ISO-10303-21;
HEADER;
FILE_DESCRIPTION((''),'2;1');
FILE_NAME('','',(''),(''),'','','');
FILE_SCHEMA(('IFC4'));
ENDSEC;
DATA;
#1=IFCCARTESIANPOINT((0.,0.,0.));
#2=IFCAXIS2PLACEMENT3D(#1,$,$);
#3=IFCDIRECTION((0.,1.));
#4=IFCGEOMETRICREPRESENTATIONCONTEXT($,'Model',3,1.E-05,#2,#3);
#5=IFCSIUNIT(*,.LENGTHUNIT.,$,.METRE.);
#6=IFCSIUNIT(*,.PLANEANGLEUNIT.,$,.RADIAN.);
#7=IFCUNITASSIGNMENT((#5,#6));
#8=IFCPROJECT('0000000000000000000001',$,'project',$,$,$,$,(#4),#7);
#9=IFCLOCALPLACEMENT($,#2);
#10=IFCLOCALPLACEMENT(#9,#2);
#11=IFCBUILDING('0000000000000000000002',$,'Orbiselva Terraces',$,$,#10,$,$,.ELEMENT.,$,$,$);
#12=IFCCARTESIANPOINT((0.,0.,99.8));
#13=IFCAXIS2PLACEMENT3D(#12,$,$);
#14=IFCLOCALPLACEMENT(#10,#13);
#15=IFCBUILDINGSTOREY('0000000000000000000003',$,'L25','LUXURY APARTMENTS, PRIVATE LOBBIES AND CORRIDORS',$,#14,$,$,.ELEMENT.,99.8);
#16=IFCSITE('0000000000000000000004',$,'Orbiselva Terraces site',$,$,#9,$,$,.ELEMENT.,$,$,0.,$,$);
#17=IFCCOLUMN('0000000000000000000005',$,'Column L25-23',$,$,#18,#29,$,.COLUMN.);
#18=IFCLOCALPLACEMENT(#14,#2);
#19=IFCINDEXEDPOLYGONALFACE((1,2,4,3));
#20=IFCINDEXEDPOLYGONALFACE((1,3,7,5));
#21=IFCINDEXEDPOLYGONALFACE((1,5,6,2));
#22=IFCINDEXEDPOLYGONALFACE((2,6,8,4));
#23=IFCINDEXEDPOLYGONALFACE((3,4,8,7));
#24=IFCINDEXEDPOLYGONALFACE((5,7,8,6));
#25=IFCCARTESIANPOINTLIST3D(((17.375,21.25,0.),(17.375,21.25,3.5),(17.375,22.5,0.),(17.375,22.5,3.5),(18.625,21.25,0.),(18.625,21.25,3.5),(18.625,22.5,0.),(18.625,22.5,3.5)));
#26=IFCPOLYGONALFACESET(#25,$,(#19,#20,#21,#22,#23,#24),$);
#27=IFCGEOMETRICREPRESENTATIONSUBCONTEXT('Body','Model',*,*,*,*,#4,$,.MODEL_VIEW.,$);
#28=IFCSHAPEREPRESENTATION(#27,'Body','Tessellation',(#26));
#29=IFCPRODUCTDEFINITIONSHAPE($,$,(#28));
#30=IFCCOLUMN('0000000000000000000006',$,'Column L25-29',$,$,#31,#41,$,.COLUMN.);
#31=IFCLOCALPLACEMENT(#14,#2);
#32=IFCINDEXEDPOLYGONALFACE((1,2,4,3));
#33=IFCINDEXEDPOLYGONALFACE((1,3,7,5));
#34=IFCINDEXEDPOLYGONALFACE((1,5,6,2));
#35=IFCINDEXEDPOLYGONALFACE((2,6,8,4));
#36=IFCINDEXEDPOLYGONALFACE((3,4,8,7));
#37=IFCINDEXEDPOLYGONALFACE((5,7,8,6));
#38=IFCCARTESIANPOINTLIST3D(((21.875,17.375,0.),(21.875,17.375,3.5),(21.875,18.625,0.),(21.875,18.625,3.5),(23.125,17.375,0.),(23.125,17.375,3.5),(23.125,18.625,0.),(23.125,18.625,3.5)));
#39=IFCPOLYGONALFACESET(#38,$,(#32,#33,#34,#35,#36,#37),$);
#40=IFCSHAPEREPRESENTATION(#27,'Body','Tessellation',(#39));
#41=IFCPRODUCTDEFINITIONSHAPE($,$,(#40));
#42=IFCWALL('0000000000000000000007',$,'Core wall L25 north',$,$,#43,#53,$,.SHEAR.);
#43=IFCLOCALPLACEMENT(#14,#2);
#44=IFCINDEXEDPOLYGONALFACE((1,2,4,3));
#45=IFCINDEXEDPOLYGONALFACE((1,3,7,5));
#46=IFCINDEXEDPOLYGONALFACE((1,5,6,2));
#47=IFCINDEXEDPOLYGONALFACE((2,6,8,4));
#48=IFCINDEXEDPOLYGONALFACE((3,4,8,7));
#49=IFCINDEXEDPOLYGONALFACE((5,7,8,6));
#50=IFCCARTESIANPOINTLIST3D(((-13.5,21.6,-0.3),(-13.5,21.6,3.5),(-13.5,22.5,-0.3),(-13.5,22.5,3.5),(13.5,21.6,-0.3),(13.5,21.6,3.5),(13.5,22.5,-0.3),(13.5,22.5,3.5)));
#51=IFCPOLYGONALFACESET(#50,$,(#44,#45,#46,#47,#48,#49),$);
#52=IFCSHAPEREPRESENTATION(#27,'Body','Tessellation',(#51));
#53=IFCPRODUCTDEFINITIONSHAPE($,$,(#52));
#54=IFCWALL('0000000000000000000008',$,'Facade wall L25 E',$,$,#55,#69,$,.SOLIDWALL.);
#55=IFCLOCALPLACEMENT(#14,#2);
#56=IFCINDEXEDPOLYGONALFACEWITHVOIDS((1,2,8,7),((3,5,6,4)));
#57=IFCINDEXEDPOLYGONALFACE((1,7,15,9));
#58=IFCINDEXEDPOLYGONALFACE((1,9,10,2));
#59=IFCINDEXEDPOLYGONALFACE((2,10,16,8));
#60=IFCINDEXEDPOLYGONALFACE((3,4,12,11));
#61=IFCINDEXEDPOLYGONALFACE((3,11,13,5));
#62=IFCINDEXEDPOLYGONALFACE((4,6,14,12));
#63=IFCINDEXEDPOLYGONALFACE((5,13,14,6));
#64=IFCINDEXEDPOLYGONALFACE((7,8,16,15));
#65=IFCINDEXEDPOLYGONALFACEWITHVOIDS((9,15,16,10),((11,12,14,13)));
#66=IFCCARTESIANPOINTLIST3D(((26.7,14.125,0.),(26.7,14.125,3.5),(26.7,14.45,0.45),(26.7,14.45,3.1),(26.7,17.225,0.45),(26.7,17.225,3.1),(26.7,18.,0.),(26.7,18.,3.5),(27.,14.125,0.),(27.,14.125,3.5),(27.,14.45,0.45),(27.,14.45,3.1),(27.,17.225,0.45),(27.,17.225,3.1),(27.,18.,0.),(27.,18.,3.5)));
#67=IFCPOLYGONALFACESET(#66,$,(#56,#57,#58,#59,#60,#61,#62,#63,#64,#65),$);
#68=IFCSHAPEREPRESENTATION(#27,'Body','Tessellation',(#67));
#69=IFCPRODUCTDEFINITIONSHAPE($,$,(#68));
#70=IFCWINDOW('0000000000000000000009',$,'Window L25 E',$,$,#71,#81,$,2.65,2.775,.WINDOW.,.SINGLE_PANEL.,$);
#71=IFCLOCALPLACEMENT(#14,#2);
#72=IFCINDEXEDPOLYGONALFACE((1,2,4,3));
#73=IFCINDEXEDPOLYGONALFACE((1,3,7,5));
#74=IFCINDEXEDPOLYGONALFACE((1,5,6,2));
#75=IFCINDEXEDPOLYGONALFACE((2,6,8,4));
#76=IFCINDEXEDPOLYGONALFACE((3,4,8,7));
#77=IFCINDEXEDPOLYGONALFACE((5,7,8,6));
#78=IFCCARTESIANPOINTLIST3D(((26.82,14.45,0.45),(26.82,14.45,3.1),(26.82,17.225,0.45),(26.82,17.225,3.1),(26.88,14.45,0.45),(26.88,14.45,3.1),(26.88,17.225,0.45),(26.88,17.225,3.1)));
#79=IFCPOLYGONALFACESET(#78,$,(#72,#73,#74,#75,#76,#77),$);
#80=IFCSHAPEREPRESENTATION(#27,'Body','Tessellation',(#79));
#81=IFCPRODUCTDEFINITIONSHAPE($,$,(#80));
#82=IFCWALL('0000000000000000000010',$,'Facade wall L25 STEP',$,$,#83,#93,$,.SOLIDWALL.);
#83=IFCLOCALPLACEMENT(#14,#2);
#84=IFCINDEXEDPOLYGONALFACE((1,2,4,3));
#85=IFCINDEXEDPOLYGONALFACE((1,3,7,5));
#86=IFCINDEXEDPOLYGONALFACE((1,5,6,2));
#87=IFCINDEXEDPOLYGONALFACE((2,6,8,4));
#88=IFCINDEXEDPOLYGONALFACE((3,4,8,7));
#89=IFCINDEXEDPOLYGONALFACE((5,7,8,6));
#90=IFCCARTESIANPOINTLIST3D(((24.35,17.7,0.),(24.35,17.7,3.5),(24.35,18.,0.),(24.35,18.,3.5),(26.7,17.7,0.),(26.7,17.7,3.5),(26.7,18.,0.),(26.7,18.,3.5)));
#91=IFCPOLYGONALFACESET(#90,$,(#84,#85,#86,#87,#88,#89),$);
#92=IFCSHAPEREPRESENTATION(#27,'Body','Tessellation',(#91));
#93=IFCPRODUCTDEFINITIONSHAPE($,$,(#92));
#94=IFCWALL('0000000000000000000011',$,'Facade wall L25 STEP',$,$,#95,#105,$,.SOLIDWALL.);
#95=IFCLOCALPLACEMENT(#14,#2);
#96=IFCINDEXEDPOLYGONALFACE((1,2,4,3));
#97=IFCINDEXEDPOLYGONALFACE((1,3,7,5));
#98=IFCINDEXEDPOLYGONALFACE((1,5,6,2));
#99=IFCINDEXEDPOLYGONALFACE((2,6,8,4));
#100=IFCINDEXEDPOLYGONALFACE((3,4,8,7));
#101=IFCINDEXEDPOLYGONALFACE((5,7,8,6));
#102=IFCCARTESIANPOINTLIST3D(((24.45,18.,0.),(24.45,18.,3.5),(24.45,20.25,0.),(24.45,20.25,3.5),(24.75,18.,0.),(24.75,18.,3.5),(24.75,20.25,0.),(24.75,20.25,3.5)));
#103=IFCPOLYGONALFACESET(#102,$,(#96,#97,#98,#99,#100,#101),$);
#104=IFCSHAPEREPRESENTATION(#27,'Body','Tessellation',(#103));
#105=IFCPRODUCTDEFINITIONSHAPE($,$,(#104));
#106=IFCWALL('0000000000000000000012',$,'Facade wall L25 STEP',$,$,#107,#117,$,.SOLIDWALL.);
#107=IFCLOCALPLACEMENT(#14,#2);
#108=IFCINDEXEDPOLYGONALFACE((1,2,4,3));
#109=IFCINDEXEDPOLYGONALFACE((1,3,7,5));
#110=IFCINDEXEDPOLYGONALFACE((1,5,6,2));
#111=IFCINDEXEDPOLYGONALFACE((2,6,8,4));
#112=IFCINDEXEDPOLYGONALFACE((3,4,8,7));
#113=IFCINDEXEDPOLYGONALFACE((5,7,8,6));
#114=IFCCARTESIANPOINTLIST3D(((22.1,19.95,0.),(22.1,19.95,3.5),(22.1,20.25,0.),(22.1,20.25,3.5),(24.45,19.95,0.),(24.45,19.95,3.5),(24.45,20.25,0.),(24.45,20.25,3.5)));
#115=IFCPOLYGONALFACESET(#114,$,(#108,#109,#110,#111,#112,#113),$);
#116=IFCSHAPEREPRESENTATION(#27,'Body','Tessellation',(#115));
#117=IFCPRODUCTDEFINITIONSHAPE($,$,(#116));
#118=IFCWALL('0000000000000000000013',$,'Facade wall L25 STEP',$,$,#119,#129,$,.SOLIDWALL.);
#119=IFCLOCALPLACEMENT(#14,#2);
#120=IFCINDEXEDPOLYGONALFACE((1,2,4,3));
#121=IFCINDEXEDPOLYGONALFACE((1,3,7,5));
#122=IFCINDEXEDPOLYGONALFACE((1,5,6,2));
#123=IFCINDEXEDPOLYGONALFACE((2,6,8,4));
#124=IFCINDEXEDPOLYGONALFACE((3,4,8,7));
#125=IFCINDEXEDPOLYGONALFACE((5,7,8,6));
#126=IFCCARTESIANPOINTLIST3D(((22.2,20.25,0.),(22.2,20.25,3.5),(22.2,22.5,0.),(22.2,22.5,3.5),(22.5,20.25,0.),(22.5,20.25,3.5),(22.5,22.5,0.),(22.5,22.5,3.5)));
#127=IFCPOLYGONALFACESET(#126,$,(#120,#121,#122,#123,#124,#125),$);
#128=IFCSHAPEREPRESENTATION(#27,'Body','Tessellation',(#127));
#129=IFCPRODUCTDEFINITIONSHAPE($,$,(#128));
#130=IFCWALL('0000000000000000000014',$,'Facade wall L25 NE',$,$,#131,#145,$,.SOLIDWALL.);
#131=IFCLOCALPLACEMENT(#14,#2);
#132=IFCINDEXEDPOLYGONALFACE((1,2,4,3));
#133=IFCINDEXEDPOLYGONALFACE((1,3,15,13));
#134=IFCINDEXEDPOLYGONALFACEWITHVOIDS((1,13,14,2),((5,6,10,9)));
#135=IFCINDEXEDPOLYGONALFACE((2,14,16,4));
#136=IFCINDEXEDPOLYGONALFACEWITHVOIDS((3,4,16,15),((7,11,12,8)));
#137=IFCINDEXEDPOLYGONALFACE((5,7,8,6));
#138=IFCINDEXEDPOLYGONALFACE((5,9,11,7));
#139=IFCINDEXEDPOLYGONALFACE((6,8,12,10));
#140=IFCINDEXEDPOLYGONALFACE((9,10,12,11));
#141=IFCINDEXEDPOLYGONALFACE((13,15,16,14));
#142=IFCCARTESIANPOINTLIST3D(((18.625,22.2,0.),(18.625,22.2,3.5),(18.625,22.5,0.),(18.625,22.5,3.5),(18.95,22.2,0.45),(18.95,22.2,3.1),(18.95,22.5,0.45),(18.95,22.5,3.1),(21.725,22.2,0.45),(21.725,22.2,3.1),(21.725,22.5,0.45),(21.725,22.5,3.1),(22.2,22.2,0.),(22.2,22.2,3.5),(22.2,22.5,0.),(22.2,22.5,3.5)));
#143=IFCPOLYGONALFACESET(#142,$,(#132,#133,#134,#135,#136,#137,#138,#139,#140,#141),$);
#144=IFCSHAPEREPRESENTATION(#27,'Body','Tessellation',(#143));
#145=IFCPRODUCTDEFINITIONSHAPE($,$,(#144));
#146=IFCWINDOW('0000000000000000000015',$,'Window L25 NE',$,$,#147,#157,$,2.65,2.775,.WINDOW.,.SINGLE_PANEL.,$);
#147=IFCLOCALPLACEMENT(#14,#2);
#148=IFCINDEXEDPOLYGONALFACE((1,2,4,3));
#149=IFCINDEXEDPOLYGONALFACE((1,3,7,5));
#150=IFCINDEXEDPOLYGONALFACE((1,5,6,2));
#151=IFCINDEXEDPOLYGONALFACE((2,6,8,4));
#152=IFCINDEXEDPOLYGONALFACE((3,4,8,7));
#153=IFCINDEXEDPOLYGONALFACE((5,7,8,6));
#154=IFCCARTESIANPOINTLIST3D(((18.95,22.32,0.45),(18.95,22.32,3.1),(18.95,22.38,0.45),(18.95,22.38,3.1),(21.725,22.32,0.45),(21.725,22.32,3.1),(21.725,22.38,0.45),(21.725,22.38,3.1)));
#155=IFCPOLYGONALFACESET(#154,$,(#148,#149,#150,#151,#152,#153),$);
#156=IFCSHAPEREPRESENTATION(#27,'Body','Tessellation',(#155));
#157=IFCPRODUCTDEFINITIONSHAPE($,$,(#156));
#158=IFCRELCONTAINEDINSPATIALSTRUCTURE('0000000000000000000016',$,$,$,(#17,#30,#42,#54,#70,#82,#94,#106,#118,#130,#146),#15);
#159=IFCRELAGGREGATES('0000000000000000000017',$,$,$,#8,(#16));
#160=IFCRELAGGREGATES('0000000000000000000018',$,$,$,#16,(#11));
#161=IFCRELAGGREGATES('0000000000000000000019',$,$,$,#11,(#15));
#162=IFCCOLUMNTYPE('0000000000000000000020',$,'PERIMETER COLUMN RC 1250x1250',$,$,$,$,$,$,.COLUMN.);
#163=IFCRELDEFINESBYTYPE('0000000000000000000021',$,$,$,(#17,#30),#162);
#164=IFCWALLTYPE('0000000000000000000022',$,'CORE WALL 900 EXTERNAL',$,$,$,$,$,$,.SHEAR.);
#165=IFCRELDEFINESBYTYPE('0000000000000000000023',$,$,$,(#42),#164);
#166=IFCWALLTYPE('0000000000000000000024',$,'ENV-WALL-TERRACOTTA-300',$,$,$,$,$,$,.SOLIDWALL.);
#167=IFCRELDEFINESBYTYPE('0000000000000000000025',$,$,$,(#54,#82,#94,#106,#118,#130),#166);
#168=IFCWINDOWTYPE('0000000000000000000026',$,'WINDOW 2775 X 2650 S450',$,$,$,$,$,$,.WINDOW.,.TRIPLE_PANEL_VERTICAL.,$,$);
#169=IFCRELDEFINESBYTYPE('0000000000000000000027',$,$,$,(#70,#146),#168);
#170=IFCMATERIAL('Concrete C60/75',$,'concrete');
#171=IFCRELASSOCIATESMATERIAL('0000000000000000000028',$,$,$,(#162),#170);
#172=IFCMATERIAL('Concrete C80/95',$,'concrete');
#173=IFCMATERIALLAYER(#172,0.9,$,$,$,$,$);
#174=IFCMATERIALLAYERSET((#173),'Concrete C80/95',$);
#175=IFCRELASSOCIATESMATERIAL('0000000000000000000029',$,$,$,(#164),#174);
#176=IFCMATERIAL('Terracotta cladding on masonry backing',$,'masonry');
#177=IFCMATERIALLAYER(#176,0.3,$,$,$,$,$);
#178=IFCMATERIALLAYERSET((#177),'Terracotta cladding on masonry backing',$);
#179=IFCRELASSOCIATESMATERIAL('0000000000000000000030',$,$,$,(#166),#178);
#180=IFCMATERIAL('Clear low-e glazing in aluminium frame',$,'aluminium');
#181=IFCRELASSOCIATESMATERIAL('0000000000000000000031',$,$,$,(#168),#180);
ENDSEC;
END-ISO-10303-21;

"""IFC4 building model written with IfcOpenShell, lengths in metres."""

from ifc_helpers import new_model, si_unit, direction, frame, frame_2d, origin, origin_2d, place, context, subcontext, project, spatial, rectangle, extrude, material, layer, layer_set, material_profile, profile_set, type_object, element, fill, save


model = new_model("IFC4")

# Units and contexts
model_context = context("Model", 3, precision=1e-05, world=origin(), true_north=direction((0.0, 1.0)))
body_context = subcontext(model_context, "Body", "Model", "MODEL_VIEW")
ifc_project = project(units=[si_unit("LENGTHUNIT", "METRE"), si_unit("PLANEANGLEUNIT", "RADIAN")], contexts=[model_context])

# Site, building, storey
site_placement = place(None, origin())
site = spatial("IfcSite", under=ifc_project, at=site_placement, Name="Orbiselva Terraces site", CompositionType="ELEMENT", RefElevation=0.0)
building_placement = place(site_placement, origin())
building = spatial("IfcBuilding", under=site, at=building_placement, Name="Orbiselva Terraces", CompositionType="ELEMENT")
storey_placement = place(building_placement, frame((0.0, 0.0, 99.8)))
storey = spatial("IfcBuildingStorey", under=building, at=storey_placement, Name="L25", Description="LUXURY APARTMENTS, PRIVATE LOBBIES AND CORRIDORS", CompositionType="ELEMENT", Elevation=99.8)

# Columns
ifc_material_1 = material(Name="Concrete C60/75", Category="concrete")
ifc_material_profile = material_profile(ifc_material_1, rectangle(XDim=1.25, YDim=1.25, at=origin_2d()), Name="RC 1250x1250")
ifc_profile_set = profile_set([ifc_material_profile], Name="Concrete C60/75")
column_type = type_object("IfcColumnType", Name="PERIMETER COLUMN RC 1250x1250", PredefinedType="COLUMN", material=ifc_profile_set)
for number, where, z_axis, x_axis, name in (
    (1, (18.0, 21.875, 0.0), (0.0, 0.0, 1.0), (1.0, 0.0, 0.0), "Column L25-23"),
    (2, (22.5, 18.0, 0.0), (0.0, 0.0, 1.0), (1.0, 0.0, 0.0), "Column L25-29"),
):
    element("IfcColumn", number, at=place(storey_placement, frame(where, z_axis=z_axis, x_axis=x_axis)), inside=storey, type_object=column_type, Name=name, PredefinedType="COLUMN", context=body_context, shape_type="SweptSolid", body=[
        extrude(rectangle(XDim=1.25, YDim=1.25, at=origin_2d()), origin(), (0.0, 0.0, 1.0), 3.5),
    ])

# Wall
ifc_material_2 = material(Name="Concrete C80/95", Category="concrete")
ifc_layer_1 = layer(ifc_material_2, 0.9)
ifc_layer_set_1 = layer_set([ifc_layer_1], Name="Concrete C80/95")
wall_type_1 = type_object("IfcWallType", Name="CORE WALL 900 EXTERNAL", PredefinedType="SHEAR", material=ifc_layer_set_1)
wall_1_placement = place(storey_placement, frame((13.5, 22.05, -0.3), z_axis=(0.0, 0.0, 1.0), x_axis=(-1.0, 0.0, 0.0)))
element("IfcWall", 3, at=wall_1_placement, inside=storey, type_object=wall_type_1, Name="Core wall L25 north", PredefinedType="SHEAR", context=body_context, shape_type="SweptSolid", body=[
    extrude(rectangle(XDim=27.0, YDim=0.9, at=frame_2d((13.5, 0.0))), origin(), (0.0, 0.0, 1.0), 3.8),
])

# Wall, opening, window
ifc_material_3 = material(Name="Terracotta cladding on masonry backing", Category="masonry")
ifc_layer_2 = layer(ifc_material_3, 0.3)
ifc_layer_set_2 = layer_set([ifc_layer_2], Name="Terracotta cladding on masonry backing")
wall_type_2 = type_object("IfcWallType", Name="ENV-WALL-TERRACOTTA-300", PredefinedType="SOLIDWALL", material=ifc_layer_set_2)
wall_2_placement = place(storey_placement, frame((26.85, 18.0, 0.0), z_axis=(0.0, 0.0, 1.0), x_axis=(0.0, -1.0, 0.0)))
wall_2 = element("IfcWall", 4, at=wall_2_placement, inside=storey, type_object=wall_type_2, Name="Facade wall L25 E", PredefinedType="SOLIDWALL", context=body_context, shape_type="SweptSolid", body=[
    extrude(rectangle(XDim=3.875, YDim=0.3, at=frame_2d((1.9375, 0.0))), origin(), (0.0, 0.0, 1.0), 3.5),
])
opening_1_placement = place(wall_2_placement, frame((0.775, 0.0, 0.45)))
opening_1 = element("IfcOpeningElement", 5, at=opening_1_placement, cuts=wall_2, PredefinedType="OPENING", context=body_context, shape_type="SweptSolid", body=[
    extrude(rectangle(XDim=2.775, YDim=2.65, at=frame_2d((1.3875, 1.325))), frame((0.0, 0.16, 0.0), z_axis=(0.0, -1.0, 0.0), x_axis=(1.0, 0.0, 0.0)), (0.0, 0.0, 1.0), 0.32),
])
ifc_material_4 = material(Name="Clear low-e glazing in aluminium frame", Category="aluminium")
window_type = type_object("IfcWindowType", Name="WINDOW 2775 X 2650 S450", PartitioningType="TRIPLE_PANEL_VERTICAL", PredefinedType="WINDOW", material=ifc_material_4)
window_1_placement = place(opening_1_placement, origin())
window_1 = element("IfcWindow", 6, at=window_1_placement, inside=storey, type_object=window_type, Name="Window L25 E", OverallHeight=2.65, OverallWidth=2.775, PartitioningType="SINGLE_PANEL", PredefinedType="WINDOW", context=body_context, shape_type="SweptSolid", body=[
    extrude(rectangle(XDim=2.775, YDim=2.65, at=frame_2d((1.3875, 1.325))), frame((0.0, 0.03, 0.0), z_axis=(0.0, -1.0, 0.0), x_axis=(1.0, 0.0, 0.0)), (0.0, 0.0, 1.0), 0.06),
])
fill(opening_1, window_1)

# Walls
wall_3_placement = place(storey_placement, frame((24.35, 17.85, 0.0), z_axis=(0.0, 0.0, 1.0), x_axis=(1.0, 0.0, 0.0)))
element("IfcWall", 7, at=wall_3_placement, inside=storey, type_object=wall_type_2, Name="Facade wall L25 STEP", PredefinedType="SOLIDWALL", context=body_context, shape_type="SweptSolid", body=[
    extrude(rectangle(XDim=2.35, YDim=0.3, at=frame_2d((1.175, 0.0))), origin(), (0.0, 0.0, 1.0), 3.5),
])
wall_4_placement = place(storey_placement, frame((24.6, 20.25, 0.0), z_axis=(0.0, 0.0, 1.0), x_axis=(0.0, -1.0, 0.0)))
element("IfcWall", 8, at=wall_4_placement, inside=storey, type_object=wall_type_2, Name="Facade wall L25 STEP", PredefinedType="SOLIDWALL", context=body_context, shape_type="SweptSolid", body=[
    extrude(rectangle(XDim=2.25, YDim=0.3, at=frame_2d((1.125, 0.0))), origin(), (0.0, 0.0, 1.0), 3.5),
])
wall_5_placement = place(storey_placement, frame((22.1, 20.1, 0.0), z_axis=(0.0, 0.0, 1.0), x_axis=(1.0, 0.0, 0.0)))
element("IfcWall", 9, at=wall_5_placement, inside=storey, type_object=wall_type_2, Name="Facade wall L25 STEP", PredefinedType="SOLIDWALL", context=body_context, shape_type="SweptSolid", body=[
    extrude(rectangle(XDim=2.35, YDim=0.3, at=frame_2d((1.175, 0.0))), origin(), (0.0, 0.0, 1.0), 3.5),
])
wall_6_placement = place(storey_placement, frame((22.35, 22.5, 0.0), z_axis=(0.0, 0.0, 1.0), x_axis=(0.0, -1.0, 0.0)))
element("IfcWall", 10, at=wall_6_placement, inside=storey, type_object=wall_type_2, Name="Facade wall L25 STEP", PredefinedType="SOLIDWALL", context=body_context, shape_type="SweptSolid", body=[
    extrude(rectangle(XDim=2.25, YDim=0.3, at=frame_2d((1.125, 0.0))), origin(), (0.0, 0.0, 1.0), 3.5),
])

# Wall, opening, window
wall_7_placement = place(storey_placement, frame((18.625, 22.35, 0.0), z_axis=(0.0, 0.0, 1.0), x_axis=(1.0, 0.0, 0.0)))
wall_7 = element("IfcWall", 11, at=wall_7_placement, inside=storey, type_object=wall_type_2, Name="Facade wall L25 NE", PredefinedType="SOLIDWALL", context=body_context, shape_type="SweptSolid", body=[
    extrude(rectangle(XDim=3.575, YDim=0.3, at=frame_2d((1.7875, 0.0))), origin(), (0.0, 0.0, 1.0), 3.5),
])
opening_2_placement = place(wall_7_placement, frame((0.325, 0.0, 0.45)))
opening_2 = element("IfcOpeningElement", 12, at=opening_2_placement, cuts=wall_7, PredefinedType="OPENING", context=body_context, shape_type="SweptSolid", body=[
    extrude(rectangle(XDim=2.775, YDim=2.65, at=frame_2d((1.3875, 1.325))), frame((0.0, 0.16, 0.0), z_axis=(0.0, -1.0, 0.0), x_axis=(1.0, 0.0, 0.0)), (0.0, 0.0, 1.0), 0.32),
])
window_2_placement = place(opening_2_placement, origin())
window_2 = element("IfcWindow", 13, at=window_2_placement, inside=storey, type_object=window_type, Name="Window L25 NE", OverallHeight=2.65, OverallWidth=2.775, PartitioningType="SINGLE_PANEL", PredefinedType="WINDOW", context=body_context, shape_type="SweptSolid", body=[
    extrude(rectangle(XDim=2.775, YDim=2.65, at=frame_2d((1.3875, 1.325))), frame((0.0, 0.03, 0.0), z_axis=(0.0, -1.0, 0.0), x_axis=(1.0, 0.0, 0.0)), (0.0, 0.0, 1.0), 0.06),
])
fill(opening_2, window_2)

save(model, "model.ifc")
